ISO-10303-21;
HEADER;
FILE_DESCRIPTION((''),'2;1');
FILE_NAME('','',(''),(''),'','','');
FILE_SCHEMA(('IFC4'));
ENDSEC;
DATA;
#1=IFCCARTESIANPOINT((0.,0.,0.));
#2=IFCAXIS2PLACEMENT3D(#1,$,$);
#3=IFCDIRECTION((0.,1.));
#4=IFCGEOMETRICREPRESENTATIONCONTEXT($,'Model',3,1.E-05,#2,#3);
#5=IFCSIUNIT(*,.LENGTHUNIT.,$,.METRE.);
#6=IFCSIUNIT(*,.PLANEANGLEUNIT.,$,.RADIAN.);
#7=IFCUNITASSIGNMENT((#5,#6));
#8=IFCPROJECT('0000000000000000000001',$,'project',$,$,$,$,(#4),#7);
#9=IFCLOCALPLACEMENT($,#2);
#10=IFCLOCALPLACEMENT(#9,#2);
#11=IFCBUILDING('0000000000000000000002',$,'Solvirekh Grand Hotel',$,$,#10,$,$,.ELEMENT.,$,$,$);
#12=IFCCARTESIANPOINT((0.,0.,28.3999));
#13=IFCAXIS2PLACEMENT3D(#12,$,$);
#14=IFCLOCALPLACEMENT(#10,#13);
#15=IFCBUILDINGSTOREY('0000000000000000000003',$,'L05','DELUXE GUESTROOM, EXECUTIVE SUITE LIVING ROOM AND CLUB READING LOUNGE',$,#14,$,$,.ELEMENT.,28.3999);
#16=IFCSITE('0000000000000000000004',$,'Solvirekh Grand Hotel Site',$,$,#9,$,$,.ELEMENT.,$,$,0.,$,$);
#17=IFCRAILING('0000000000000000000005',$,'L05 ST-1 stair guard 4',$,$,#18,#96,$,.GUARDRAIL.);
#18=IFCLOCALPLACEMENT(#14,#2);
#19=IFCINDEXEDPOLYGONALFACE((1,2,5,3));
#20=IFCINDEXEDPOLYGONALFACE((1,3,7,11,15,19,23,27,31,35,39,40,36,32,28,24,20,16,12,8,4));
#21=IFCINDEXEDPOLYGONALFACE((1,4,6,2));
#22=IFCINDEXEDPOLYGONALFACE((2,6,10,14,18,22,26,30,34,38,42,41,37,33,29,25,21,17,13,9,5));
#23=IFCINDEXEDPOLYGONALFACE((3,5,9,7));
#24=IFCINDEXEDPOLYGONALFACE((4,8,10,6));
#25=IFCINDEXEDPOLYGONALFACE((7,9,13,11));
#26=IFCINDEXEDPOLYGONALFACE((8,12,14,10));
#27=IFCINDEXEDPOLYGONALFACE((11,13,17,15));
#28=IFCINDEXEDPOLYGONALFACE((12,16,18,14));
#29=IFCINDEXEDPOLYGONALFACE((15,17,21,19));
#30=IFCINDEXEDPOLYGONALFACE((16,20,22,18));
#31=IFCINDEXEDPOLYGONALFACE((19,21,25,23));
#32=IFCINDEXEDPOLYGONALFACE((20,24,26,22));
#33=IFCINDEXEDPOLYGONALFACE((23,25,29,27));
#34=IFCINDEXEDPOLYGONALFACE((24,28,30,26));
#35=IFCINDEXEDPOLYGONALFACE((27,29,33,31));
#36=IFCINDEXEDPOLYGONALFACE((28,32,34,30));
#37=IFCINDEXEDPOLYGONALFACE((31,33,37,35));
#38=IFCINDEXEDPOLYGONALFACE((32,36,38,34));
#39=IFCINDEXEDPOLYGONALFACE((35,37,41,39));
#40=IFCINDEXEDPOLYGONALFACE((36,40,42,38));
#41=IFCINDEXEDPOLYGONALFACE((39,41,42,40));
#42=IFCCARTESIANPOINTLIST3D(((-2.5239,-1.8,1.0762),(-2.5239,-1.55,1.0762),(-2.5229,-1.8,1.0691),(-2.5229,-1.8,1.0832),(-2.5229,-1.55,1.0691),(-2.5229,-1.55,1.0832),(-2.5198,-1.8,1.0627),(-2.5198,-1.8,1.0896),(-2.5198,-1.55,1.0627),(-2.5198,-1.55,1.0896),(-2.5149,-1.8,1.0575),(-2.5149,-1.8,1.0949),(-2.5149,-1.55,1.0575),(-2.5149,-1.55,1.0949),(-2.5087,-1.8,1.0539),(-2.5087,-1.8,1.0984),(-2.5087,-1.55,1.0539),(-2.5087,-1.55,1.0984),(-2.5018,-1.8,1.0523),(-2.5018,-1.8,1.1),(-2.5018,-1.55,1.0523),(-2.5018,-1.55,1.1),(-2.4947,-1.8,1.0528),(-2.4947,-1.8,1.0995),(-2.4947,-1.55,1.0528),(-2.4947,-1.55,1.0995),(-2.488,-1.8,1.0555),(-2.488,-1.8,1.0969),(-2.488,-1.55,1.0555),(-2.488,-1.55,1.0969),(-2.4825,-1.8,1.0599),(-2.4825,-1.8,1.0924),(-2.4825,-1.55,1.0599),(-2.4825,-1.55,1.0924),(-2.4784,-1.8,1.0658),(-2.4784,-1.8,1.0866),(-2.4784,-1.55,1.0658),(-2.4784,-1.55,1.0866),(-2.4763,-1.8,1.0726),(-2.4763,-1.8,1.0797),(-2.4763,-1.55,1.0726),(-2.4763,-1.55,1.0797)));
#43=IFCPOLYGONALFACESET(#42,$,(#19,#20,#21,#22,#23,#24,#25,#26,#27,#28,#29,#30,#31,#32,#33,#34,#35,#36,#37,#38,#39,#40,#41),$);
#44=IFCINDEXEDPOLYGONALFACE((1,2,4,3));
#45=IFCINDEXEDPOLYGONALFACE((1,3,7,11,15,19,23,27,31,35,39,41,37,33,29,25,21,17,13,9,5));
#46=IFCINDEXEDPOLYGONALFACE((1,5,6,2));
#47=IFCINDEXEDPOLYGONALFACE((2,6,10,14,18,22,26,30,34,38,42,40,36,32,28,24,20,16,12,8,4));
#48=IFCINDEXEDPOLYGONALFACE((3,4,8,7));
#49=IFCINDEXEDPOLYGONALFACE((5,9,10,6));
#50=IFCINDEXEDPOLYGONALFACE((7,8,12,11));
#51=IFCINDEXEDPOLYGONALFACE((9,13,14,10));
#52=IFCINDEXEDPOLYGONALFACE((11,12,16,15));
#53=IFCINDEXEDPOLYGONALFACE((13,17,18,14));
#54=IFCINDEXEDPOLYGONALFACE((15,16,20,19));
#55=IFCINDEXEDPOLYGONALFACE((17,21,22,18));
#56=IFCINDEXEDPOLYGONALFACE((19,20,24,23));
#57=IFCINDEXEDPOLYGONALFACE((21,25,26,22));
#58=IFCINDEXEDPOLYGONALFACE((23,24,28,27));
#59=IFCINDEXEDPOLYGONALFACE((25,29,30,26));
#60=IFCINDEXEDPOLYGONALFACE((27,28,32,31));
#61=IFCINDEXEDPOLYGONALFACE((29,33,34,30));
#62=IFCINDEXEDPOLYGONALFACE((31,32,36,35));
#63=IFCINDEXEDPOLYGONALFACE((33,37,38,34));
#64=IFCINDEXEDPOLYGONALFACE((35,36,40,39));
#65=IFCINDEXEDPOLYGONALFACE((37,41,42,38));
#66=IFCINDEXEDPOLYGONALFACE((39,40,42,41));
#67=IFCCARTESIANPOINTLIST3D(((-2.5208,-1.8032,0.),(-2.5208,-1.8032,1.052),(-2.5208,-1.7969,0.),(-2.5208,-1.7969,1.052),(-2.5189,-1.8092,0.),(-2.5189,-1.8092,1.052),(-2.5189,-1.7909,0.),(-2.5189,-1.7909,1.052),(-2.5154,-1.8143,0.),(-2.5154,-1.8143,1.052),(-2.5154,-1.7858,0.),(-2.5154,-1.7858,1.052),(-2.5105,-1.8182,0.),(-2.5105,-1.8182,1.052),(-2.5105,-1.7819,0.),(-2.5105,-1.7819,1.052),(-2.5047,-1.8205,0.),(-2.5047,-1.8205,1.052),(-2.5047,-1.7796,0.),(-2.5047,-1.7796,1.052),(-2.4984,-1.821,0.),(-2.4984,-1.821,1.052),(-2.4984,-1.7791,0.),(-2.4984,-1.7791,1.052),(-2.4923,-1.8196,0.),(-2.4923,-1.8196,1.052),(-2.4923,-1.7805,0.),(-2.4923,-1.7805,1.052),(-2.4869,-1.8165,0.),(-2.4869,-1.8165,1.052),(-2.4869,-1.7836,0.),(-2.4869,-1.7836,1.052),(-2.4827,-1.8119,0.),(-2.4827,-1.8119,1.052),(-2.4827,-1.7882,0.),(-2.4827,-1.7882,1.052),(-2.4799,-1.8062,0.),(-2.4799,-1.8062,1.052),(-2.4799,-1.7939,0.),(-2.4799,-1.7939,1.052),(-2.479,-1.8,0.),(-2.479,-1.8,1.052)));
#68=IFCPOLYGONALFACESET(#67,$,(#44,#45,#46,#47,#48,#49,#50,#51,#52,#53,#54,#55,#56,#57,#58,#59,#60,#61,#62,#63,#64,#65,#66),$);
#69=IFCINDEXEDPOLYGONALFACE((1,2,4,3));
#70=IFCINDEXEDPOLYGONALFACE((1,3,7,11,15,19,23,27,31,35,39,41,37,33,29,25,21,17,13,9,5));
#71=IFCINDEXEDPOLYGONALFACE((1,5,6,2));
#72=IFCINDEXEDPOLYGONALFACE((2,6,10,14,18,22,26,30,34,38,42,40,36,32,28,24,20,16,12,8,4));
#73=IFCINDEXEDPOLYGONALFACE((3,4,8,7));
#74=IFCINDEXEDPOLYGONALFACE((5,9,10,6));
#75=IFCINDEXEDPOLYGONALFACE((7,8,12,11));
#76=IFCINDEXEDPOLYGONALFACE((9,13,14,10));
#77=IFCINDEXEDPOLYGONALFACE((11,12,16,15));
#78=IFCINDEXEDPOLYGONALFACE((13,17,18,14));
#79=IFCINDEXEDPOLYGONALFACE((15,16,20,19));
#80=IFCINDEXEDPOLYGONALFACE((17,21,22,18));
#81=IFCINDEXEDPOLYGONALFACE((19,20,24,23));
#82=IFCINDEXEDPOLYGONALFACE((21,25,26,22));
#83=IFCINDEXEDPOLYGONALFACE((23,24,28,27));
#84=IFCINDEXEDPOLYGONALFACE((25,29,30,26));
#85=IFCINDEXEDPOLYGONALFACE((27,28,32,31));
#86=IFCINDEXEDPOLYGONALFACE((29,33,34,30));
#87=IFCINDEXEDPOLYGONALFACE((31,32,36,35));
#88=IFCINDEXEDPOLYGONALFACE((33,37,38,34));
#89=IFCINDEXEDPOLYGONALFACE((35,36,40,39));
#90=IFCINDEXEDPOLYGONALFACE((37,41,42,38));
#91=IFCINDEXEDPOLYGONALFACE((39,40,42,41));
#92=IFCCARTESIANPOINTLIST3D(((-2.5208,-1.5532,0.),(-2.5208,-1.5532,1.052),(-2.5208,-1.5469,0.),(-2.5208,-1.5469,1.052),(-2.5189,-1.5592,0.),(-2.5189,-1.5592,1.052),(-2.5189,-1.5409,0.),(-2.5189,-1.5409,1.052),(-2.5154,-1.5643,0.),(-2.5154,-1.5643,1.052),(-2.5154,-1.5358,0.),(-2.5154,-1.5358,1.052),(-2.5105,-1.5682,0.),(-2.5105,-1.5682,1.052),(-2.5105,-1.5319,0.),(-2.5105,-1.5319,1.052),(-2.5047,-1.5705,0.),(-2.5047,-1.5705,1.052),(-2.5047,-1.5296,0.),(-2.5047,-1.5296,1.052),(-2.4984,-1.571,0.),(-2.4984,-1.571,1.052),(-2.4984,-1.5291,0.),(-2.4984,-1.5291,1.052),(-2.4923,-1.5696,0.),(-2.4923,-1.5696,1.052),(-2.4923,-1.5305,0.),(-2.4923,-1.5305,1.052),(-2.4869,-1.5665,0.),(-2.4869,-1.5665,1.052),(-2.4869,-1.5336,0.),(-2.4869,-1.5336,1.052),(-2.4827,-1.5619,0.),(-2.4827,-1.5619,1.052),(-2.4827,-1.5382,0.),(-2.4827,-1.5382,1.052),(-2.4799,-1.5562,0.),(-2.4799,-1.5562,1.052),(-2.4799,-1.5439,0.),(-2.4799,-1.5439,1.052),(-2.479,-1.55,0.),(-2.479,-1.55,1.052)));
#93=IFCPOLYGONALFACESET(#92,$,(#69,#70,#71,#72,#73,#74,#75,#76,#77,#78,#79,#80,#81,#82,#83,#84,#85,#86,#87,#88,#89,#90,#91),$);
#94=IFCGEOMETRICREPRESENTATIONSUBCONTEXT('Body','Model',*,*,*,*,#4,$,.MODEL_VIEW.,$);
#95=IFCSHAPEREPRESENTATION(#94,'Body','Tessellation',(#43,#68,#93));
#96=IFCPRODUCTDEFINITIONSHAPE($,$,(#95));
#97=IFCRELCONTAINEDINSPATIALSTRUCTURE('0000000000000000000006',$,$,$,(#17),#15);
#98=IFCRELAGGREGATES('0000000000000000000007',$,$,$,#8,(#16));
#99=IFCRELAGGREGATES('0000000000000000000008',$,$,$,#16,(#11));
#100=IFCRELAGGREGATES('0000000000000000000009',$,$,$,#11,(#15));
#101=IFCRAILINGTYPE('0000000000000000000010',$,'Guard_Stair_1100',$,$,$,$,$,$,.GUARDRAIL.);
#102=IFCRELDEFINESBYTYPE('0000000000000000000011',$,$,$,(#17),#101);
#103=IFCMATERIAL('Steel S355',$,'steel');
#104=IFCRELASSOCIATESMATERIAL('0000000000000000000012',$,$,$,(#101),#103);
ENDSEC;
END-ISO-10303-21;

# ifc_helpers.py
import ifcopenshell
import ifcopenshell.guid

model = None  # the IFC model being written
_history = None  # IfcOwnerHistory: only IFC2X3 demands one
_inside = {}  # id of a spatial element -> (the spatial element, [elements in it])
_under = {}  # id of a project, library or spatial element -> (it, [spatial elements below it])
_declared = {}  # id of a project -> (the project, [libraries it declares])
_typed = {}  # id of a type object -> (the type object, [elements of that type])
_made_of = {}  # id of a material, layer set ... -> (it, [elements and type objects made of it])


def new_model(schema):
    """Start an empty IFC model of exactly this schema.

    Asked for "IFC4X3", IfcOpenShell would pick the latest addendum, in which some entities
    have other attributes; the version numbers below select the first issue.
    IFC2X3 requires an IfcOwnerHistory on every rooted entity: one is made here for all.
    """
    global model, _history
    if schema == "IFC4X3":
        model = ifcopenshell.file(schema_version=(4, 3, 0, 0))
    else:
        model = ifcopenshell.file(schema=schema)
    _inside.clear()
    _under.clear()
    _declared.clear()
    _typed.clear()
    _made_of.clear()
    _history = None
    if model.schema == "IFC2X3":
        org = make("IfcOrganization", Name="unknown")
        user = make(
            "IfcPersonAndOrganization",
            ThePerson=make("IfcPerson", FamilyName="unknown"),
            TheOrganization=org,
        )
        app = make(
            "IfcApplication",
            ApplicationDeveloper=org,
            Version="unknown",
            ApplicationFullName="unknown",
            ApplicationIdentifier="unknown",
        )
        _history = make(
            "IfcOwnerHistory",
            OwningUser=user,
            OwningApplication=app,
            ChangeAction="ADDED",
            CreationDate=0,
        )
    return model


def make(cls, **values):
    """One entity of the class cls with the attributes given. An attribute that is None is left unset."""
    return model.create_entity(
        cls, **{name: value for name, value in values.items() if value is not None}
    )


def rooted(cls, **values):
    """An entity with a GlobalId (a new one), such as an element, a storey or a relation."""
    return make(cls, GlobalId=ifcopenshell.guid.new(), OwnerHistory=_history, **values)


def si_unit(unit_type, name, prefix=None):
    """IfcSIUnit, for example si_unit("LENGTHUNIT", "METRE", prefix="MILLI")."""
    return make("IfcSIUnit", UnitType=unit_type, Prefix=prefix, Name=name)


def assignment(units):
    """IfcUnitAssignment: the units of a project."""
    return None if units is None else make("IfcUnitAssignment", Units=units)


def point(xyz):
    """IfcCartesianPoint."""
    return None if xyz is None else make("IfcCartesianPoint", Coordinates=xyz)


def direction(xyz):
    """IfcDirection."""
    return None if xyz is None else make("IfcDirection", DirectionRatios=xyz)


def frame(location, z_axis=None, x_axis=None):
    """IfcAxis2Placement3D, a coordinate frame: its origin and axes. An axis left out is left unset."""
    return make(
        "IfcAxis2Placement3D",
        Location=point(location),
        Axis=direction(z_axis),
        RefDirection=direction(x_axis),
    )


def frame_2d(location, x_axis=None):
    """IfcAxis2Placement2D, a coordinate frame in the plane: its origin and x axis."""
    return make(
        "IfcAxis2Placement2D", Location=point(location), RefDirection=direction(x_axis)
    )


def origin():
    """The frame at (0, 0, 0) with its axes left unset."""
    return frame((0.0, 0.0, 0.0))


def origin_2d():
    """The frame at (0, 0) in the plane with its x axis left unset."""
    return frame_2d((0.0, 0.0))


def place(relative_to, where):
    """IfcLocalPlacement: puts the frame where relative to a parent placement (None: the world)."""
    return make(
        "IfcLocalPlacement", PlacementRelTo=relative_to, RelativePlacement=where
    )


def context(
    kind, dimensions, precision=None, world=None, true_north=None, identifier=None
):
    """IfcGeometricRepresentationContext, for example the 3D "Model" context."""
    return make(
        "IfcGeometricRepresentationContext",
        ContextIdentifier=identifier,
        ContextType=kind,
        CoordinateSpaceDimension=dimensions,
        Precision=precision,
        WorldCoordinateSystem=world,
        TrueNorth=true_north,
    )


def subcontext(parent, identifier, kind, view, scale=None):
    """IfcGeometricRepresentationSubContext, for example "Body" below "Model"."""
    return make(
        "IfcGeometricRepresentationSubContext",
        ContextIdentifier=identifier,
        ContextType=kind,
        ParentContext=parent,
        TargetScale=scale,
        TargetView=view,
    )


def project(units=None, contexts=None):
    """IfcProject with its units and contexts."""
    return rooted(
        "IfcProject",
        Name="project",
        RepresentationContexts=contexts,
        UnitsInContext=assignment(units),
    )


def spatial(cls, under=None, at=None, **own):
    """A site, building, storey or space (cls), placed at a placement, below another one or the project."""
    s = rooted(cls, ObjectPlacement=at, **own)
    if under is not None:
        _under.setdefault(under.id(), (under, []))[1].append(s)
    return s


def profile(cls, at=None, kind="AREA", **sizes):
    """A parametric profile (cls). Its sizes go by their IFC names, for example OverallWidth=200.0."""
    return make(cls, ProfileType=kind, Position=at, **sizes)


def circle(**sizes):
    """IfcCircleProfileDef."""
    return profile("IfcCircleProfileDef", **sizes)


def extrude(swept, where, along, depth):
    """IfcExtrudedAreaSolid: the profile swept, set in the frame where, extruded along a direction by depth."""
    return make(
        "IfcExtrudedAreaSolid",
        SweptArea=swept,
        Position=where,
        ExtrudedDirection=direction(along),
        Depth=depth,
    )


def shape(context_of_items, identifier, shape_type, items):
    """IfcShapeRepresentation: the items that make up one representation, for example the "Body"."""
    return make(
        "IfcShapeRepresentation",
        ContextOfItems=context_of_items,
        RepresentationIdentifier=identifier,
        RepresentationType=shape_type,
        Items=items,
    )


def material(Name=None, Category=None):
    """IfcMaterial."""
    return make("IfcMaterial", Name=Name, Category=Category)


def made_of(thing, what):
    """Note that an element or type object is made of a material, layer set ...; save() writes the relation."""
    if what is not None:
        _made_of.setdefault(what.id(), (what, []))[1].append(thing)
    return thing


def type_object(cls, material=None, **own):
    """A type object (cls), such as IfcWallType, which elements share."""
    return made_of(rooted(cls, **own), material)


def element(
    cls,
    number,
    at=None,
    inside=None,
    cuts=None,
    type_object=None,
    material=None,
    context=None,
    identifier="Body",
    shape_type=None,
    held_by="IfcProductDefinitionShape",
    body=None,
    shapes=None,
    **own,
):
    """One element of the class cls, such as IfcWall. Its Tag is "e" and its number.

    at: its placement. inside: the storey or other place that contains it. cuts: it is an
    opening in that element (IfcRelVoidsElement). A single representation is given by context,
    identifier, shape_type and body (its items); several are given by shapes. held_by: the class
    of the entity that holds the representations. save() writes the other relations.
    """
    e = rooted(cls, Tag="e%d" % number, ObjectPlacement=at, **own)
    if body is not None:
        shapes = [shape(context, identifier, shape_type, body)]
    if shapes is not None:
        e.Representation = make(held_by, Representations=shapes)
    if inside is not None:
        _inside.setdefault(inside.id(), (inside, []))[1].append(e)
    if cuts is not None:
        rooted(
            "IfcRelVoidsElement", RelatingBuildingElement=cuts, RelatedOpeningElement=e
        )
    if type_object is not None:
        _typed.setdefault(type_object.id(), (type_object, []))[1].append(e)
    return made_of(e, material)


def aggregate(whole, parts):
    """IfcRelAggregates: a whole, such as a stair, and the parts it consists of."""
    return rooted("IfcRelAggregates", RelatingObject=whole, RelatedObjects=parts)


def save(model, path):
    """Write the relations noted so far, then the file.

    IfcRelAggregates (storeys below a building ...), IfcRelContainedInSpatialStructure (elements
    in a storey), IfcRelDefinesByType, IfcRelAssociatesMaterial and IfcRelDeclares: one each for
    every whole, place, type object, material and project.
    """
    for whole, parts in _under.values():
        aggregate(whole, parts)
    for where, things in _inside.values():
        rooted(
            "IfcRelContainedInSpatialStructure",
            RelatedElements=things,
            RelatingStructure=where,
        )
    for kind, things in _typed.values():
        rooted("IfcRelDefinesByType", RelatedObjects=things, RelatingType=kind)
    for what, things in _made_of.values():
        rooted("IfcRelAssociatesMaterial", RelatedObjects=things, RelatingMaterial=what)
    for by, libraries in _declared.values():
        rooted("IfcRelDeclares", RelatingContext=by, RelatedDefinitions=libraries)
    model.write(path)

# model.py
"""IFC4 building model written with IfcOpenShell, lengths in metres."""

from ifc_helpers import new_model, si_unit, direction, frame, origin, origin_2d, place, context, subcontext, project, spatial, circle, extrude, material, type_object, element, save


model = new_model("IFC4")

# Units and contexts
model_context = context("Model", 3, precision=1e-05, world=origin(), true_north=direction((0.0, 1.0)))
body_context = subcontext(model_context, "Body", "Model", "MODEL_VIEW")
ifc_project = project(units=[si_unit("LENGTHUNIT", "METRE"), si_unit("PLANEANGLEUNIT", "RADIAN")], contexts=[model_context])

# Site, building, storey
site_placement = place(None, origin())
site = spatial("IfcSite", under=ifc_project, at=site_placement, Name="Solvirekh Grand Hotel Site", CompositionType="ELEMENT", RefElevation=0.0)
building_placement = place(site_placement, origin())
building = spatial("IfcBuilding", under=site, at=building_placement, Name="Solvirekh Grand Hotel", CompositionType="ELEMENT")
storey_placement = place(building_placement, frame((0.0, 0.0, 28.3999)))
storey = spatial("IfcBuildingStorey", under=building, at=storey_placement, Name="L05", Description="DELUXE GUESTROOM, EXECUTIVE SUITE LIVING ROOM AND CLUB READING LOUNGE", CompositionType="ELEMENT", Elevation=28.3999)

# Shared definitions
ifc_material_1 = material(Name="Steel S355", Category="steel")

# Railing
railing_type_1 = type_object("IfcRailingType", Name="Guard_Stair_1100", PredefinedType="GUARDRAIL", material=ifc_material_1)
railing_1_placement = place(storey_placement, frame((-2.5, -1.8, 0.0)))
element("IfcRailing", 1, at=railing_1_placement, inside=storey, type_object=railing_type_1, Name="L05 ST-1 stair guard 4", PredefinedType="GUARDRAIL", context=body_context, shape_type="SweptSolid", body=[
    extrude(circle(Radius=0.0239, at=origin_2d()), frame((0.0, 0.0, 1.0762), z_axis=(0.0, 1.0, 0.0), x_axis=(-1.0, 0.0, 0.0)), (0.0, 0.0, 1.0), 0.25),
    extrude(circle(Radius=0.021, at=origin_2d()), origin(), (0.0, 0.0, 1.0), 1.052),
    extrude(circle(Radius=0.021, at=origin_2d()), frame((0.0, 0.25, 0.0)), (0.0, 0.0, 1.0), 1.052),
])

save(model, "model.ifc")
